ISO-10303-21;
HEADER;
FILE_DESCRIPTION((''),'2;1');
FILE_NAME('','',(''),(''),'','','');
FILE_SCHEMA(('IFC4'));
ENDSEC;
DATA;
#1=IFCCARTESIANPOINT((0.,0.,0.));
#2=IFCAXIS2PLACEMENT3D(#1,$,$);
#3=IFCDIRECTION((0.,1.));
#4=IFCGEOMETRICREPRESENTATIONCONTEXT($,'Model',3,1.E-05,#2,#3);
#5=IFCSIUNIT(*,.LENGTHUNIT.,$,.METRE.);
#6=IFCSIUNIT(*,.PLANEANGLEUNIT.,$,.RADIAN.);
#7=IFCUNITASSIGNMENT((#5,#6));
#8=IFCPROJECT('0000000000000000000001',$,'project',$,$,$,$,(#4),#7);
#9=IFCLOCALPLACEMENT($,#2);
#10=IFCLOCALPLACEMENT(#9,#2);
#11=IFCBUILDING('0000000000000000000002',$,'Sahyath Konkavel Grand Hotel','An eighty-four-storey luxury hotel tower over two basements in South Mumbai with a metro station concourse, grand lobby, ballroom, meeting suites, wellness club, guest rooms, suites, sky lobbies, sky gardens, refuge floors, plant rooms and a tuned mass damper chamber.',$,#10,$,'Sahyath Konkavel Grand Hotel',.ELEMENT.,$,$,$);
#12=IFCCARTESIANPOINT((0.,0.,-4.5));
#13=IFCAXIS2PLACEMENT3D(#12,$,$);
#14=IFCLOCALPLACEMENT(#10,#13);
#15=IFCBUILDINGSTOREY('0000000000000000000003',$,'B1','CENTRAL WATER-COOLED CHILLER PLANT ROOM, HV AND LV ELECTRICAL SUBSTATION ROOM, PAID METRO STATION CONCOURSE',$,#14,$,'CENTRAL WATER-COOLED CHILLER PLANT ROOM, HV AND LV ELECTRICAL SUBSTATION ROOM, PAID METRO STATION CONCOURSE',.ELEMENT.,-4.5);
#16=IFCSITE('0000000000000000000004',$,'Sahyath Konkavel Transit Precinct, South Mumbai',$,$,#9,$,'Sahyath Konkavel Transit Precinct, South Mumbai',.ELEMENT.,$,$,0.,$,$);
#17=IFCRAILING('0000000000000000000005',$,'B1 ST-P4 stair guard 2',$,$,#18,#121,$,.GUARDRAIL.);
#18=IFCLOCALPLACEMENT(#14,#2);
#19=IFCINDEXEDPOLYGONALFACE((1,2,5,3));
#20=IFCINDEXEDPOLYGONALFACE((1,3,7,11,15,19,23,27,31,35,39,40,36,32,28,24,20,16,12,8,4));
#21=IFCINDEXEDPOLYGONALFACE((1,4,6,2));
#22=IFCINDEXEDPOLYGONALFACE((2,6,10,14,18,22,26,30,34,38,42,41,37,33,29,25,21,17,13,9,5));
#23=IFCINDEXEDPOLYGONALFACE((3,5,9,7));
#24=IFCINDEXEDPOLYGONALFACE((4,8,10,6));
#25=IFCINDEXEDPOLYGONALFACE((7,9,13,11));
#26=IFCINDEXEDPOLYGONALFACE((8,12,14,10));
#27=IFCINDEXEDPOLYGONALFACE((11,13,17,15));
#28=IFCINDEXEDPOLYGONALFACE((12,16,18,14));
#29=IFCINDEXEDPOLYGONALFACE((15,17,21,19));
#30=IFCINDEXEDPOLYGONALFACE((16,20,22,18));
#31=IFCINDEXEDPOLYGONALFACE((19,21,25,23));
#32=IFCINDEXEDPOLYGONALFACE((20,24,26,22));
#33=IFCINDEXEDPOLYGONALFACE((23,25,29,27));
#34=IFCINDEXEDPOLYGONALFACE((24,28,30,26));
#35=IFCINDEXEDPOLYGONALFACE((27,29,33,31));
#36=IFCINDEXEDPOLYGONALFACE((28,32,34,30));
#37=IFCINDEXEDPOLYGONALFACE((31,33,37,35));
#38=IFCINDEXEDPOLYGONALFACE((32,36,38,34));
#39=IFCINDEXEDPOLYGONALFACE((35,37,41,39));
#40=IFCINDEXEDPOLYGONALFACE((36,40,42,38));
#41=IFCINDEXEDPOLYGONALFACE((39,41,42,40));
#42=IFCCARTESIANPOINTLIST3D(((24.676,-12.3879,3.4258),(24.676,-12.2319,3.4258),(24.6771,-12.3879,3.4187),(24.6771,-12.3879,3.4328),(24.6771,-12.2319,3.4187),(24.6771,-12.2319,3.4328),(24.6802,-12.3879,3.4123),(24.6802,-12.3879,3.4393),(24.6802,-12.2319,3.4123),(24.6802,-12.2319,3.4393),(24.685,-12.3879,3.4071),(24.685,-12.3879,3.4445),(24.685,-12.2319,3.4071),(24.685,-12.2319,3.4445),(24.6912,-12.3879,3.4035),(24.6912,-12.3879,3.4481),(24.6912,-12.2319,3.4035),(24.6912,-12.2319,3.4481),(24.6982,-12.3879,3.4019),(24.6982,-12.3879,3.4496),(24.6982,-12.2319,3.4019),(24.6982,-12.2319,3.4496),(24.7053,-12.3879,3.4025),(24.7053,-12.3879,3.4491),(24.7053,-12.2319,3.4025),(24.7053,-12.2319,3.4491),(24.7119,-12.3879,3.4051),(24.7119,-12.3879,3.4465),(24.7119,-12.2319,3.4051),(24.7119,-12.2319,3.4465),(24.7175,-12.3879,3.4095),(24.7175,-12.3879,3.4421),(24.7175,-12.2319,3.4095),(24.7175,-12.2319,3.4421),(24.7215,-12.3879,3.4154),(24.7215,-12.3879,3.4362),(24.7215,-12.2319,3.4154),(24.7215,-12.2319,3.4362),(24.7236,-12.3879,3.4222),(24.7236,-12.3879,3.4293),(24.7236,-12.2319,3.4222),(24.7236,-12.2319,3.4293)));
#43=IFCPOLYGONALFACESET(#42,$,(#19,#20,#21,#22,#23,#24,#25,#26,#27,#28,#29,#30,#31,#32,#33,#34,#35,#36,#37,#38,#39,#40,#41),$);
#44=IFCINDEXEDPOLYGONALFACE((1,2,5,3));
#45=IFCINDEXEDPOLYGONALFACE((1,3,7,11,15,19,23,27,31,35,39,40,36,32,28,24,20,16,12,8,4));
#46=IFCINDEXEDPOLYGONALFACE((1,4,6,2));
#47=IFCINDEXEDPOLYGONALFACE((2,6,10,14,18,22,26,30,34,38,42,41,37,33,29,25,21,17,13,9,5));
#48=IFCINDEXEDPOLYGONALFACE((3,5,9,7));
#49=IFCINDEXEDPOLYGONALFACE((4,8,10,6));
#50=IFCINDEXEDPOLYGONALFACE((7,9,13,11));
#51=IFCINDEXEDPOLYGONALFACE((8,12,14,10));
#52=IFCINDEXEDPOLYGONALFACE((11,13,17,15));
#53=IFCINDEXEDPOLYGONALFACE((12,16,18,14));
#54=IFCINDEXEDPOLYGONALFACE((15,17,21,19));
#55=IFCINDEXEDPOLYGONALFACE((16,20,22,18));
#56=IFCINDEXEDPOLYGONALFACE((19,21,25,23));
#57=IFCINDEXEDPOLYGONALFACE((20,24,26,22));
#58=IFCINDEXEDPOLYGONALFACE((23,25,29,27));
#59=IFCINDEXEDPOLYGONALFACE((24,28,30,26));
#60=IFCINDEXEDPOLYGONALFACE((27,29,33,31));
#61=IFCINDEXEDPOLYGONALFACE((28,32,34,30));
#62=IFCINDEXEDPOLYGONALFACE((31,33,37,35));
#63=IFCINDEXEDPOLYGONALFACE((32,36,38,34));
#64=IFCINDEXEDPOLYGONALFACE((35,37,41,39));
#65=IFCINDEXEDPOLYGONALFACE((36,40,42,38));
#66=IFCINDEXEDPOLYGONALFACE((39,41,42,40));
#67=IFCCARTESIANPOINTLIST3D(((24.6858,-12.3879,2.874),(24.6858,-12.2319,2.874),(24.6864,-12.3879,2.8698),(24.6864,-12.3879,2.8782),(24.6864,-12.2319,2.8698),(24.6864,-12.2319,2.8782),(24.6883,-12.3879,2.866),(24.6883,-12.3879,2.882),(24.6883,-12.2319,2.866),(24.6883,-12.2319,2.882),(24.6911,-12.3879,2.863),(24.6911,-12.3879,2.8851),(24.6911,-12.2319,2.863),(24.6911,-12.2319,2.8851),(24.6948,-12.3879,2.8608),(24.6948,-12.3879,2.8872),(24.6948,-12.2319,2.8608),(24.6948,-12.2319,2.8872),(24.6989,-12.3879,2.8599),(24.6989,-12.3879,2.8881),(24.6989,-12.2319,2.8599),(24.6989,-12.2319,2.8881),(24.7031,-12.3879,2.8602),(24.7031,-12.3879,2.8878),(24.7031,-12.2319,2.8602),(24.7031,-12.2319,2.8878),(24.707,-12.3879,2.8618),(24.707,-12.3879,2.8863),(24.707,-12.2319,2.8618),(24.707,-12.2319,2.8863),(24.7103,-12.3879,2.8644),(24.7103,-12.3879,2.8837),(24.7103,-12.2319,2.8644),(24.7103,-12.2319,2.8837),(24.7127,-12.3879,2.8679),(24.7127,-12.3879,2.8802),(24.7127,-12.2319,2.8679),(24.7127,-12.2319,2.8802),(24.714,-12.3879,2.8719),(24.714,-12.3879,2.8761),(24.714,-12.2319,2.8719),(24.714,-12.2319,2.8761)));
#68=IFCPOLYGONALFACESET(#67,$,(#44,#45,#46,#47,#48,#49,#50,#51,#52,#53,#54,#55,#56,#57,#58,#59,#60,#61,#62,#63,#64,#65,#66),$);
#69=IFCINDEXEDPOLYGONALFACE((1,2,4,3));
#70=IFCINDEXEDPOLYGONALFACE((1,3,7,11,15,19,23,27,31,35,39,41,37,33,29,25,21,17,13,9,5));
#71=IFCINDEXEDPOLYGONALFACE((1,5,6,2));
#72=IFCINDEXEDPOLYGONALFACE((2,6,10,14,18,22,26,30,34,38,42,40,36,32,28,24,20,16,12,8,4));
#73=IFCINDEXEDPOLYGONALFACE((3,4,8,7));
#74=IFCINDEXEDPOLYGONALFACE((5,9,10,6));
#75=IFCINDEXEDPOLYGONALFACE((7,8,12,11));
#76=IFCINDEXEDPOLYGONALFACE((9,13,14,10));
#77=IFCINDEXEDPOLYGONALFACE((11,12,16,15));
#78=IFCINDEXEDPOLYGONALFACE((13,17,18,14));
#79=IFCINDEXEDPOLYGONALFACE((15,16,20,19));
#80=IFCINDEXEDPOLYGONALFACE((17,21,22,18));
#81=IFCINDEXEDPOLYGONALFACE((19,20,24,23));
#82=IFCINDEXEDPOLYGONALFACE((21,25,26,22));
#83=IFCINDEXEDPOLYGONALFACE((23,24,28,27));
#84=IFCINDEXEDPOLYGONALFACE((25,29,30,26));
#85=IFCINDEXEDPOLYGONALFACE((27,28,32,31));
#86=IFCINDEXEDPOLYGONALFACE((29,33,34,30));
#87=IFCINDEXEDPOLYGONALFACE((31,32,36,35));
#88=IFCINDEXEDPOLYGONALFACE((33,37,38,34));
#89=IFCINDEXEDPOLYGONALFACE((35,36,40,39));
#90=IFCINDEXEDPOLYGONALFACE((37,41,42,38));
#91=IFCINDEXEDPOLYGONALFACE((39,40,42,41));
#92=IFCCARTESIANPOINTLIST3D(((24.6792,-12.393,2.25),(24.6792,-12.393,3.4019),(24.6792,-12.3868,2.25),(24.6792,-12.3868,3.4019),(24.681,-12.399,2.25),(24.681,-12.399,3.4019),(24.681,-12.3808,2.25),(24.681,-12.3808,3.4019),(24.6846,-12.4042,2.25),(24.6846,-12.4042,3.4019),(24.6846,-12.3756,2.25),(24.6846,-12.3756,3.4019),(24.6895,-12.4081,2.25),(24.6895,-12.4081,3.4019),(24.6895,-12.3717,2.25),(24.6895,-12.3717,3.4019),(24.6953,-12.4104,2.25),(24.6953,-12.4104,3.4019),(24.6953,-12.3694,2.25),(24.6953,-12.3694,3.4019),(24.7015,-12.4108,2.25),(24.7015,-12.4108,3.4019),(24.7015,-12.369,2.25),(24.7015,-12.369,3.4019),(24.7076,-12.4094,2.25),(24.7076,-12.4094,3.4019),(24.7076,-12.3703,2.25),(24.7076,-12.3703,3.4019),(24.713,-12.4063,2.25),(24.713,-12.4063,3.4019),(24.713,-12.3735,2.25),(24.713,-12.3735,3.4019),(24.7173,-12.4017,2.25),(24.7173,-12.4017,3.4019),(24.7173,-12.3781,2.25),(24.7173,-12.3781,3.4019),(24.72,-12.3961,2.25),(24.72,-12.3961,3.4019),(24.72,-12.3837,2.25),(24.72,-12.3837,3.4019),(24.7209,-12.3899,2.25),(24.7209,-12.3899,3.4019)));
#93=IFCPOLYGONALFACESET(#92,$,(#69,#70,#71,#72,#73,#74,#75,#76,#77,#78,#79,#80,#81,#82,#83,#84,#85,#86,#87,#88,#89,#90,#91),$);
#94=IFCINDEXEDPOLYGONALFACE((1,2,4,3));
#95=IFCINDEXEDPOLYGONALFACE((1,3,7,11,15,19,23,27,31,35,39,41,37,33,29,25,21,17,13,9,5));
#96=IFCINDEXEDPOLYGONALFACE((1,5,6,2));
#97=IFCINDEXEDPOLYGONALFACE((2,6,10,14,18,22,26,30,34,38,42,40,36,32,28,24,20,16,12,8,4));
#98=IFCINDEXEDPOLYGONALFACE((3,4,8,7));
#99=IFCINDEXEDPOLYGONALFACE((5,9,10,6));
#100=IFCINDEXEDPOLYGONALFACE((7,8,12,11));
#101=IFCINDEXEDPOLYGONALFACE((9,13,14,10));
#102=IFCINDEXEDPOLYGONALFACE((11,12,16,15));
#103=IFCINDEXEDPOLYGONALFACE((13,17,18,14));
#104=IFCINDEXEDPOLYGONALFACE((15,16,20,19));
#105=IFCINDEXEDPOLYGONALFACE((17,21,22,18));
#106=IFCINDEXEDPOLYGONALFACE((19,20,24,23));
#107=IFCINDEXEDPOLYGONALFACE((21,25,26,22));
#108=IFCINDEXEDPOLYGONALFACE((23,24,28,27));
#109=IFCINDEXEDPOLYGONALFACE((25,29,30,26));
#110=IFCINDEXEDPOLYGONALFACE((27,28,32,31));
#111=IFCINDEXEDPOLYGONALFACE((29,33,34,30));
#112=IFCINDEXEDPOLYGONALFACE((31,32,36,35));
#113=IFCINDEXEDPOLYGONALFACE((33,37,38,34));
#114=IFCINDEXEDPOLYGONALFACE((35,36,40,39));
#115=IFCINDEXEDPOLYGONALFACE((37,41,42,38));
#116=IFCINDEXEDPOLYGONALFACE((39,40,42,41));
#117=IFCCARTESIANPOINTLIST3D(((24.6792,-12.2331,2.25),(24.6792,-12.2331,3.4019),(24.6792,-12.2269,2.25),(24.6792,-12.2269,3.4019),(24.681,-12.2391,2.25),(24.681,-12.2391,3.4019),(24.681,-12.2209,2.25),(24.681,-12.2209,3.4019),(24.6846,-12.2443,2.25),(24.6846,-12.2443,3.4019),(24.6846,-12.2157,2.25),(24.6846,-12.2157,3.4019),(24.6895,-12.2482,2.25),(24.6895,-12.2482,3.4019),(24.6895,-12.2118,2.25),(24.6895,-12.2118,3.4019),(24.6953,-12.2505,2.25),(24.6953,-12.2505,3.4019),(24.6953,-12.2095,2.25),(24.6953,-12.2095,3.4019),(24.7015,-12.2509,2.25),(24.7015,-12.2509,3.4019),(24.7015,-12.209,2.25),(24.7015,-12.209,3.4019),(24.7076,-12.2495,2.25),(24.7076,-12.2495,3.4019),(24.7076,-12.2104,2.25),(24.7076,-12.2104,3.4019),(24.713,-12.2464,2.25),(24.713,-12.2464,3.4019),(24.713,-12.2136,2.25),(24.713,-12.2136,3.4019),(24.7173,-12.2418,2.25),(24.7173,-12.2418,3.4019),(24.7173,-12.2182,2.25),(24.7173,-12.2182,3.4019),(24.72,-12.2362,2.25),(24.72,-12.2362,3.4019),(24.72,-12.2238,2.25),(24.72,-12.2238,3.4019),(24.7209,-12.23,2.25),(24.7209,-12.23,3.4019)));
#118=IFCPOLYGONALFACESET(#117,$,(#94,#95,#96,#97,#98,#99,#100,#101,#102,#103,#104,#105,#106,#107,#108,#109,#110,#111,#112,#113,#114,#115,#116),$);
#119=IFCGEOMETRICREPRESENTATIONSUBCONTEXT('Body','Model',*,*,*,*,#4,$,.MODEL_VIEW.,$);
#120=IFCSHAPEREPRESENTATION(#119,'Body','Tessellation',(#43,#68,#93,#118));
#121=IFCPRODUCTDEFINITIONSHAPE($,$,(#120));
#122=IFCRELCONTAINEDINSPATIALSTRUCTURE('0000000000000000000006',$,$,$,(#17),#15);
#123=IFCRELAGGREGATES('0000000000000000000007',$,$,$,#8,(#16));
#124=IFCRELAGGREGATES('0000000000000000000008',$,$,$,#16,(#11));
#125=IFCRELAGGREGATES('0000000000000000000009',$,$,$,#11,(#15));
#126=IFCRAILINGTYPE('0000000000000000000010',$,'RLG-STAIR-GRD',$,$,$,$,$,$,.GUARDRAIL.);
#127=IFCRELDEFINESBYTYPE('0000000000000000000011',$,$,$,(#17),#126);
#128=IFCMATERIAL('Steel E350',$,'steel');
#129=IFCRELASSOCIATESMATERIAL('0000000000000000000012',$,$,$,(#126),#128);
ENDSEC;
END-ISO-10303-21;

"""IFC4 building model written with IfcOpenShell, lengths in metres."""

from ifc_helpers import new_model, si_unit, direction, frame, origin, origin_2d, place, context, subcontext, project, spatial, circle, extrude, material, type_object, element, save


model = new_model("IFC4")

# Units and contexts
model_context = context("Model", 3, precision=1e-05, world=origin(), true_north=direction((0.0, 1.0)))
body_context = subcontext(model_context, "Body", "Model", "MODEL_VIEW")
ifc_project = project(units=[si_unit("LENGTHUNIT", "METRE"), si_unit("PLANEANGLEUNIT", "RADIAN")], contexts=[model_context])

# Site, building, storey
site_placement = place(None, origin())
site = spatial("IfcSite", under=ifc_project, at=site_placement, Name="Sahyath Konkavel Transit Precinct, South Mumbai", LongName="Sahyath Konkavel Transit Precinct, South Mumbai", CompositionType="ELEMENT", RefElevation=0.0)
building_placement = place(site_placement, origin())
building = spatial("IfcBuilding", under=site, at=building_placement, Name="Sahyath Konkavel Grand Hotel", Description="An eighty-four-storey luxury hotel tower over two basements in South Mumbai with a metro station concourse, grand lobby, ballroom, meeting suites, wellness club, guest rooms, suites, sky lobbies, sky gardens, refuge floors, plant rooms and a tuned mass damper chamber.", LongName="Sahyath Konkavel Grand Hotel", CompositionType="ELEMENT")
storey_placement = place(building_placement, frame((0.0, 0.0, -4.5)))
storey = spatial("IfcBuildingStorey", under=building, at=storey_placement, Name="B1", Description="CENTRAL WATER-COOLED CHILLER PLANT ROOM, HV AND LV ELECTRICAL SUBSTATION ROOM, PAID METRO STATION CONCOURSE", LongName="CENTRAL WATER-COOLED CHILLER PLANT ROOM, HV AND LV ELECTRICAL SUBSTATION ROOM, PAID METRO STATION CONCOURSE", CompositionType="ELEMENT", Elevation=-4.5)

# Shared definitions
ifc_material_1 = material(Name="Steel E350", Category="steel")

# Railing
railing_type_1 = type_object("IfcRailingType", Name="RLG-STAIR-GRD", PredefinedType="GUARDRAIL", material=ifc_material_1)
railing_1_placement = place(storey_placement, frame((24.7, -12.3899, 2.25)))
element("IfcRailing", 1, at=railing_1_placement, inside=storey, type_object=railing_type_1, Name="B1 ST-P4 stair guard 2", PredefinedType="GUARDRAIL", context=body_context, shape_type="SweptSolid", body=[
    extrude(circle(Radius=0.0239, at=origin_2d()), frame((0.0, 0.002, 1.1758), z_axis=(0.0, 1.0, 0.0), x_axis=(-1.0, 0.0, 0.0)), (0.0, 0.0, 1.0), 0.156),
    extrude(circle(Radius=0.0142, at=origin_2d()), frame((0.0, 0.002, 0.624), z_axis=(0.0, 1.0, 0.0), x_axis=(-1.0, 0.0, 0.0)), (0.0, 0.0, 1.0), 0.156),
    extrude(circle(Radius=0.021, at=origin_2d()), origin(), (0.0, 0.0, 1.0), 1.1519),
    extrude(circle(Radius=0.021, at=origin_2d()), frame((0.0, 0.1599, 0.0)), (0.0, 0.0, 1.0), 1.1519),
])

save(model, "model.ifc")
